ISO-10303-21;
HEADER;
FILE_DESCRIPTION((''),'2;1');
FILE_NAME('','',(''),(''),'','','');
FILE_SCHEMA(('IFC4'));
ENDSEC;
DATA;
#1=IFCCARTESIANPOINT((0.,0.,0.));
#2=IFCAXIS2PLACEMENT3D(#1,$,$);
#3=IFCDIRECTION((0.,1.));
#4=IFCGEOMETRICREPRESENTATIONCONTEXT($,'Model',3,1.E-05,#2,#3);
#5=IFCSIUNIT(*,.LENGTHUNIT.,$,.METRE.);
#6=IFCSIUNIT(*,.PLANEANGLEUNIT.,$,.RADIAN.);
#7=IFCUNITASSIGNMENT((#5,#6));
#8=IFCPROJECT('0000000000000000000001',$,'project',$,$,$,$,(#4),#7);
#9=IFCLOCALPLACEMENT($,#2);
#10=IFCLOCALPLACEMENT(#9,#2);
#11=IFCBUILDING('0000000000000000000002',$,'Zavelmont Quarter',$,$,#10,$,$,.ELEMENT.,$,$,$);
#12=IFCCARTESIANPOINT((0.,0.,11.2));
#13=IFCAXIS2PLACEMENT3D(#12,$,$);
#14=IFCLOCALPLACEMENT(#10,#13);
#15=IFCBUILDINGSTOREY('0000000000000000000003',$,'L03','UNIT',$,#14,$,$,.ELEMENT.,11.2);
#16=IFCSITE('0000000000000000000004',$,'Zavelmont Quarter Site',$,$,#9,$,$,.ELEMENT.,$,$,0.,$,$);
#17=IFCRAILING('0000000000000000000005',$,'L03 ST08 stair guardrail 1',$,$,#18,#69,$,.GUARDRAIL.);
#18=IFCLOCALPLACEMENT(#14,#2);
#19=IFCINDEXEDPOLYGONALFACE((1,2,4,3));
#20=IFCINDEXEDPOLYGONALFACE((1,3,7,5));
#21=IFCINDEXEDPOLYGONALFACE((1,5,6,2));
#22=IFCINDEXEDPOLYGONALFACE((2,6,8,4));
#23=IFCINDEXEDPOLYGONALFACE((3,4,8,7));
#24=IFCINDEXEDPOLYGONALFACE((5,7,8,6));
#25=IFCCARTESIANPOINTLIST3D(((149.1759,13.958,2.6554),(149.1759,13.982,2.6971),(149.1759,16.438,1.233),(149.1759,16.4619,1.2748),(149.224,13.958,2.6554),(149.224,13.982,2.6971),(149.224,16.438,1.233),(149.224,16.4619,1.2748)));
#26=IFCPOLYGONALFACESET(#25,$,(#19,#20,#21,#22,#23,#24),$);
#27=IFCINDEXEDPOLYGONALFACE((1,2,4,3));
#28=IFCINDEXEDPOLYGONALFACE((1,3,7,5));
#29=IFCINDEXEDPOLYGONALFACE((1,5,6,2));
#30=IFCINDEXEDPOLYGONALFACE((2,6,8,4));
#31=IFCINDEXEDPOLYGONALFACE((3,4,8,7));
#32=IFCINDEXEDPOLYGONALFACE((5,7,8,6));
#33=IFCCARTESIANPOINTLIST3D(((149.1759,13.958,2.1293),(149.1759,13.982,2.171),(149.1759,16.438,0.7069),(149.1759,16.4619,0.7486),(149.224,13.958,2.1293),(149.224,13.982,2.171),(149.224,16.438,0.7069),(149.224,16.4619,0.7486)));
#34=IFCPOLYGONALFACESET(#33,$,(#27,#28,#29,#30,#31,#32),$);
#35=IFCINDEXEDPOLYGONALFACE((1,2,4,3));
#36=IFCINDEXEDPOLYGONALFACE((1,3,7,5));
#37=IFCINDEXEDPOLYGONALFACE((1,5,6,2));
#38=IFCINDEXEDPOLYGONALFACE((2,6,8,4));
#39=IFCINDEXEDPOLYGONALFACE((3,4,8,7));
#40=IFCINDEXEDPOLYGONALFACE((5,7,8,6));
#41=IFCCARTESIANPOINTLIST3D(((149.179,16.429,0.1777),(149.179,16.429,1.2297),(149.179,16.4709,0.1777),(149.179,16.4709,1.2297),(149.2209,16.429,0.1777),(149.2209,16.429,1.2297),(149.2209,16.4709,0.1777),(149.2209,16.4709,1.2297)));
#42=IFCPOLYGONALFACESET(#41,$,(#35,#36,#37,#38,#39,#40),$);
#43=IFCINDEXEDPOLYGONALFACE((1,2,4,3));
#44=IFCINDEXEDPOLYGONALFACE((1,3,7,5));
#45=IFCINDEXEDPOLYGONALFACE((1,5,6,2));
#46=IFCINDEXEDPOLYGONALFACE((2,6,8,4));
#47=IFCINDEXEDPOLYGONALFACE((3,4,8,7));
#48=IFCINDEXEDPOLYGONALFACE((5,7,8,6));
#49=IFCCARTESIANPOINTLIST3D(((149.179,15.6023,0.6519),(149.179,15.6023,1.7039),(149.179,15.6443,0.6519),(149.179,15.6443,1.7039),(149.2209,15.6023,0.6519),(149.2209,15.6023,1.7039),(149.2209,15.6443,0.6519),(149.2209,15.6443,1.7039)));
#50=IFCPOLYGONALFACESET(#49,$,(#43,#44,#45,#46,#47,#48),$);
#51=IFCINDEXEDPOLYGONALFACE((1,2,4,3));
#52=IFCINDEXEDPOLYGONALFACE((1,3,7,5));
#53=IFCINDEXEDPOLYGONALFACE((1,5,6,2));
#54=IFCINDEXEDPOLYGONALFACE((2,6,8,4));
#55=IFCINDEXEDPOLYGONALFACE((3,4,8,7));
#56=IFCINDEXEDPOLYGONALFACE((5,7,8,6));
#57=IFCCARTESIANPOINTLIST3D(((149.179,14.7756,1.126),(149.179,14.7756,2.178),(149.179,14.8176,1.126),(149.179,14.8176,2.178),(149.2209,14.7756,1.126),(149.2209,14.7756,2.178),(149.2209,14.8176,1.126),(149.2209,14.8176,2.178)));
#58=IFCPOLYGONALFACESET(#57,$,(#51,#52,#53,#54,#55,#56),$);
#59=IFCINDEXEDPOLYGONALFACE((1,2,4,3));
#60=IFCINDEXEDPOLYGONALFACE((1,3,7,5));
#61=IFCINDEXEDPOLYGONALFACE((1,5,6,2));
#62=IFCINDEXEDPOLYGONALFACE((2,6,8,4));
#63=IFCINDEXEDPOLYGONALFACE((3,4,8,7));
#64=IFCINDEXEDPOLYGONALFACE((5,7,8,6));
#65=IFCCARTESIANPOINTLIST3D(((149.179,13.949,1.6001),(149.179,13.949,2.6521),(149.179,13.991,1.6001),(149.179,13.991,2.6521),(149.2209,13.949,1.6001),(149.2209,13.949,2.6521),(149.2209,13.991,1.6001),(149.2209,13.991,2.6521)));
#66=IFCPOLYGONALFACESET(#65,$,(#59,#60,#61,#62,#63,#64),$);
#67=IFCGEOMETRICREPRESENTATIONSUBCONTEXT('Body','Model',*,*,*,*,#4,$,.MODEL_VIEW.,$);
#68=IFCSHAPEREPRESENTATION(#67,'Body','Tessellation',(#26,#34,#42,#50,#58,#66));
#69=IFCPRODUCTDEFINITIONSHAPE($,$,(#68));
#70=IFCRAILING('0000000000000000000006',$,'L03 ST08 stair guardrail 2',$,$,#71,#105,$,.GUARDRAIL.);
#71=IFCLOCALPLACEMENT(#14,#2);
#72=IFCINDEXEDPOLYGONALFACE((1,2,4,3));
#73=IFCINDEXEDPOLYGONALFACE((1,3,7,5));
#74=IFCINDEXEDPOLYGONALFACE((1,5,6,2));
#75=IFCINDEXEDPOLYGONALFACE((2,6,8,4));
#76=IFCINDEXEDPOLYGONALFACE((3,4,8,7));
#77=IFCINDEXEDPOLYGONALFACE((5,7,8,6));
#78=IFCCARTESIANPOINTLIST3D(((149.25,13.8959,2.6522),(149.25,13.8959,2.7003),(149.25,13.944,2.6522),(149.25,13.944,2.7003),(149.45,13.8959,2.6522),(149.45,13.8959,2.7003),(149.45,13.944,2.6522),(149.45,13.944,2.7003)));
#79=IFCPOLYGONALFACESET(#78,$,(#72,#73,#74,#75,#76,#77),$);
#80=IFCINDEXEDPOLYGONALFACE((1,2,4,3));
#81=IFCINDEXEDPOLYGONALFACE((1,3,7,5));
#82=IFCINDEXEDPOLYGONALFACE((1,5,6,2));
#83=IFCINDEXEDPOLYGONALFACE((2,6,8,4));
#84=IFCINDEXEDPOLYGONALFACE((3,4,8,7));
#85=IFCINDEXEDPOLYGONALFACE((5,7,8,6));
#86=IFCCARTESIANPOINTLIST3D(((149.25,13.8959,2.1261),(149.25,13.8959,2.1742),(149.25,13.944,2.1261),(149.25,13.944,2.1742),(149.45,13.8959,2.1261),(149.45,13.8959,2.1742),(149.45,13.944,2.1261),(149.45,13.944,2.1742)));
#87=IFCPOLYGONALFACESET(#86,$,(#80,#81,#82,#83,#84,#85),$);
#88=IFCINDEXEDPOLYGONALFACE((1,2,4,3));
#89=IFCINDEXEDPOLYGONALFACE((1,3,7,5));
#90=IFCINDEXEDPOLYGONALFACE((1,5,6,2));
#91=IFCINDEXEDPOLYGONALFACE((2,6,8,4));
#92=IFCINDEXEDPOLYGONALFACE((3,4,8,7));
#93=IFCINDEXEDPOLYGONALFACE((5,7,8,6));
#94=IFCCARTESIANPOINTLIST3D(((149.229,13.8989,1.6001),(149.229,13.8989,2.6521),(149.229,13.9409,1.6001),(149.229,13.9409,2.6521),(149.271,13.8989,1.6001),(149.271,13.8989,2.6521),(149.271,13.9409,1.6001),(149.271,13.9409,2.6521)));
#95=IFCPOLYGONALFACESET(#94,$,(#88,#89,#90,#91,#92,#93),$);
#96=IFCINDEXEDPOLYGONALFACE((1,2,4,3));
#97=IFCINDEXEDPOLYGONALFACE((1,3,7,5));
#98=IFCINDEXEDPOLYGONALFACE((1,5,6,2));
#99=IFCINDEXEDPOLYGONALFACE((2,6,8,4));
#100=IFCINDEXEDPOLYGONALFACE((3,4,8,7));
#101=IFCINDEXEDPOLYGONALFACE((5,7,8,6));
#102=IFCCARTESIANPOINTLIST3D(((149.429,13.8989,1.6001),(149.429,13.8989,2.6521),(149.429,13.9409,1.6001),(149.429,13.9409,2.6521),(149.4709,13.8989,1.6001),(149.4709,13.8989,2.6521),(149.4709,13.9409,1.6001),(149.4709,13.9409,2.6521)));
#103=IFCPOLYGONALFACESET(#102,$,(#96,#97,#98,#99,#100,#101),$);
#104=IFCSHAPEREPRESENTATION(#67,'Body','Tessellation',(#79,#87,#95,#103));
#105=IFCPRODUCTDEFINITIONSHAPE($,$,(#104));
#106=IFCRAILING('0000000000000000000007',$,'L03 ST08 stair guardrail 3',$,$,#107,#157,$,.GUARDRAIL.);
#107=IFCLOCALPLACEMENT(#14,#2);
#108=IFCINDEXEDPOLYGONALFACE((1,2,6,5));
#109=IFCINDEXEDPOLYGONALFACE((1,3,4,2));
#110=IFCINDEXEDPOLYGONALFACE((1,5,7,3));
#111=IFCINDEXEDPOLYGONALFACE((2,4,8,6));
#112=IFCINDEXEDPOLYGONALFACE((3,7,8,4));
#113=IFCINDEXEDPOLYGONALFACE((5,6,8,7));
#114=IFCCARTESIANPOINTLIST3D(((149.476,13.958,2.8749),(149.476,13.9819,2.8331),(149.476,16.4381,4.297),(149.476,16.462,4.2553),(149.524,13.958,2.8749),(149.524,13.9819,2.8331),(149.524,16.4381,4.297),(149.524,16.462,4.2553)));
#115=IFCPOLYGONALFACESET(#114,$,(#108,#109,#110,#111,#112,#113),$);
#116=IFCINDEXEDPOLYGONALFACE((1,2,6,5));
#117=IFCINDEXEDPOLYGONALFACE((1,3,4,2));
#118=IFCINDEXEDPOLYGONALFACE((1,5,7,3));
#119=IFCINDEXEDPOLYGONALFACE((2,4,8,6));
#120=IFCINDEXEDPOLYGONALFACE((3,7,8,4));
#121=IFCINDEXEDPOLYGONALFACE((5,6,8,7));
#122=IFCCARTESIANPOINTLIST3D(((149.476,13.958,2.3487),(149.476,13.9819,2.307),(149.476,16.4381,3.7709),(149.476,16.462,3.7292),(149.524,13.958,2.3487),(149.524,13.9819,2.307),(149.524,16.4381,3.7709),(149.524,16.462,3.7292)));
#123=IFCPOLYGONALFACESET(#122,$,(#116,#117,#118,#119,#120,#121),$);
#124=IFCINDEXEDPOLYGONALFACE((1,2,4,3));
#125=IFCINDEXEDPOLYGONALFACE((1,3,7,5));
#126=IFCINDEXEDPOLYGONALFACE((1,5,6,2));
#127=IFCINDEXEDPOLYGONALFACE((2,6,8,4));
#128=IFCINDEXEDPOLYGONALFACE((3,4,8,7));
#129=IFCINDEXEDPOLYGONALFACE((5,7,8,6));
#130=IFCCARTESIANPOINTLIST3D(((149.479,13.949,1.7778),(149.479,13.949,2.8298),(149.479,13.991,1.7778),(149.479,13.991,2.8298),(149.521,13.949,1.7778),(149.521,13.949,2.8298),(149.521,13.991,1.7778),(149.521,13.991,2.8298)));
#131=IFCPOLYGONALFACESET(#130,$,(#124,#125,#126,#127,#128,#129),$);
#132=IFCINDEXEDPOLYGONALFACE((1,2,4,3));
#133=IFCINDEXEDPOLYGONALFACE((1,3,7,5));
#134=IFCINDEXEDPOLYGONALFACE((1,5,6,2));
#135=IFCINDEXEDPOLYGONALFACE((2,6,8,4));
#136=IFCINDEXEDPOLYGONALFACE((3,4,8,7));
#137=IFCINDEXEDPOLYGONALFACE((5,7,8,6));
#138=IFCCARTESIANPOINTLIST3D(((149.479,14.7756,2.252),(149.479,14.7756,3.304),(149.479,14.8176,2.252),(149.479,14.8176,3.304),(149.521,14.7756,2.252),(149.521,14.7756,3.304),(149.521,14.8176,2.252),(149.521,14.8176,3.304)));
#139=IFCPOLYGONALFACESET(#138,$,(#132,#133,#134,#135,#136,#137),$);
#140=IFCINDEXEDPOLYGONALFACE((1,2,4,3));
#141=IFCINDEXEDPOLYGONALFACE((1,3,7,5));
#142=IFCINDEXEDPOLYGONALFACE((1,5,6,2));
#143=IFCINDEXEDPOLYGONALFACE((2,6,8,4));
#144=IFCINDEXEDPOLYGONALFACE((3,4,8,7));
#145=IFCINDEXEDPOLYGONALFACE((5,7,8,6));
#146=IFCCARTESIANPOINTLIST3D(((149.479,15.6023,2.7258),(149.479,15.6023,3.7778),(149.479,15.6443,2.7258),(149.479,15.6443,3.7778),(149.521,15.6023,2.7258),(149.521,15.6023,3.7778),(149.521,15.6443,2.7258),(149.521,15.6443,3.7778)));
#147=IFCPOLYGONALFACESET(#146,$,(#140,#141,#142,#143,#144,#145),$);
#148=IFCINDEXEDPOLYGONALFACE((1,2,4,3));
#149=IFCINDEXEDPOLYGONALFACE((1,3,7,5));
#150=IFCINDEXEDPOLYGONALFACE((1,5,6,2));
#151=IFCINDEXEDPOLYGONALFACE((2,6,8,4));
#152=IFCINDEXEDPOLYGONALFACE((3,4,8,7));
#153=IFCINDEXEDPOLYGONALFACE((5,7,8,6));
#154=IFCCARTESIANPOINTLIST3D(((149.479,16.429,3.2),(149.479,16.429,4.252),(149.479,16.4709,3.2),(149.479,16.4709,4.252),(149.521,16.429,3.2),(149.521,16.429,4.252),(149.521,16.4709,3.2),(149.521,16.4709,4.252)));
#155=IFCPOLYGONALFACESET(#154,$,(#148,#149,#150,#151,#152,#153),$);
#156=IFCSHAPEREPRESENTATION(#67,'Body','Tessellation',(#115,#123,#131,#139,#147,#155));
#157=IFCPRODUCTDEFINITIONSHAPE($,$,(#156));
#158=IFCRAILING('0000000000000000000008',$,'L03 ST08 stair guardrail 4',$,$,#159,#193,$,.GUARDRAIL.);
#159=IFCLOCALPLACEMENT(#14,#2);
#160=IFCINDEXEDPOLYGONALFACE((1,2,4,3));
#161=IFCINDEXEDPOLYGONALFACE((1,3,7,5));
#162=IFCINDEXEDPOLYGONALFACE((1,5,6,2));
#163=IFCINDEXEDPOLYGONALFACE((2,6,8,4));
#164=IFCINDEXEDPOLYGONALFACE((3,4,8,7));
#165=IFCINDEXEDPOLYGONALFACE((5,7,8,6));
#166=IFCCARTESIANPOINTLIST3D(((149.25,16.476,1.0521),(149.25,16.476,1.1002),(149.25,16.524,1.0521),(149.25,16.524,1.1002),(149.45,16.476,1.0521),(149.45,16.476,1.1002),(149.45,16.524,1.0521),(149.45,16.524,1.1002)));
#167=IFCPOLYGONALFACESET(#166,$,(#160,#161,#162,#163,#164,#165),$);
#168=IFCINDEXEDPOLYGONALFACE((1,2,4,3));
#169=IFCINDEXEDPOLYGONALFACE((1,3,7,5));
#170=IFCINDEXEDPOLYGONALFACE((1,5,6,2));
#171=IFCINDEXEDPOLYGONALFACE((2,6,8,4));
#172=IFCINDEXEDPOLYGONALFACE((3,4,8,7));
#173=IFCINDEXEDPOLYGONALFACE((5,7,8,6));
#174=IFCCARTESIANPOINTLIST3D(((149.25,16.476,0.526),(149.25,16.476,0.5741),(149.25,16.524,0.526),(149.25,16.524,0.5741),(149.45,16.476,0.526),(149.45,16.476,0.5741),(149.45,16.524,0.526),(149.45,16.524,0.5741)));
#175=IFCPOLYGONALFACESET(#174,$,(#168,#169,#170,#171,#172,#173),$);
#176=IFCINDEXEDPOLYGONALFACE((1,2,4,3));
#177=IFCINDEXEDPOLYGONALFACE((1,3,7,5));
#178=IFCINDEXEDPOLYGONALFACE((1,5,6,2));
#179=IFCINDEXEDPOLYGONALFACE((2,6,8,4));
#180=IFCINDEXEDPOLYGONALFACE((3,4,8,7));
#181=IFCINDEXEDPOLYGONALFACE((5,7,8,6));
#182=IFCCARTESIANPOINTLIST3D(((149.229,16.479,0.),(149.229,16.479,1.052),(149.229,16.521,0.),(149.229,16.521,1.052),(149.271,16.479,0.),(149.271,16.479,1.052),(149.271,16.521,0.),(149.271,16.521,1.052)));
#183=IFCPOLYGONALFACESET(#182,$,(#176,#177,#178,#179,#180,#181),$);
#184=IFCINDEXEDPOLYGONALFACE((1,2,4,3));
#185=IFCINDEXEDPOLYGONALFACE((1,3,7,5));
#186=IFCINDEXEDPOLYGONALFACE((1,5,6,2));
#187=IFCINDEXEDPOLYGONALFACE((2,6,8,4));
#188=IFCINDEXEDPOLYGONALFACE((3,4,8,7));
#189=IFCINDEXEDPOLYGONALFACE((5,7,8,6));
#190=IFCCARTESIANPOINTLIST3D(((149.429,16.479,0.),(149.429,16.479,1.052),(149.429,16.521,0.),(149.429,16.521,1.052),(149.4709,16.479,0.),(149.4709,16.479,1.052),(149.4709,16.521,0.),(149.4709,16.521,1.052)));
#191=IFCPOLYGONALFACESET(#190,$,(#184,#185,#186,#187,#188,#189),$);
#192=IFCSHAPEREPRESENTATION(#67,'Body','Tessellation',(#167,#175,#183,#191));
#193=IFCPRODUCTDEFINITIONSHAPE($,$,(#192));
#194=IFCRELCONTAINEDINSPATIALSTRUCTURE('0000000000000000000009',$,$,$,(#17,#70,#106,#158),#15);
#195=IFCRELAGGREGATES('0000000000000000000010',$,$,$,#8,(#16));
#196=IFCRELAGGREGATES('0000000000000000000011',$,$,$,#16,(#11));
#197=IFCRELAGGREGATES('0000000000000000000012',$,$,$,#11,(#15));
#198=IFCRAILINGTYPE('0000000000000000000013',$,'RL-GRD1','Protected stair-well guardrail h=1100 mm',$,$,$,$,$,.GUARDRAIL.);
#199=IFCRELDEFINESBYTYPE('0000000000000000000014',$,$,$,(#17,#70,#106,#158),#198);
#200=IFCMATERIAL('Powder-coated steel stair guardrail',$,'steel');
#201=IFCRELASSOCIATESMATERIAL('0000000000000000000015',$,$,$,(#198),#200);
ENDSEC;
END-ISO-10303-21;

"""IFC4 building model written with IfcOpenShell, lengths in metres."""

from ifc_helpers import new_model, si_unit, direction, frame, origin, origin_2d, place, context, subcontext, project, spatial, rectangle, extrude, material, type_object, element, save


model = new_model("IFC4")

# Units and contexts
model_context = context("Model", 3, precision=1e-05, world=origin(), true_north=direction((0.0, 1.0)))
body_context = subcontext(model_context, "Body", "Model", "MODEL_VIEW")
ifc_project = project(units=[si_unit("LENGTHUNIT", "METRE"), si_unit("PLANEANGLEUNIT", "RADIAN")], contexts=[model_context])

# Site, building, storey
site_placement = place(None, origin())
site = spatial("IfcSite", under=ifc_project, at=site_placement, Name="Zavelmont Quarter Site", CompositionType="ELEMENT", RefElevation=0.0)
building_placement = place(site_placement, origin())
building = spatial("IfcBuilding", under=site, at=building_placement, Name="Zavelmont Quarter", CompositionType="ELEMENT")
storey_placement = place(building_placement, frame((0.0, 0.0, 11.2)))
storey = spatial("IfcBuildingStorey", under=building, at=storey_placement, Name="L03", Description="UNIT", CompositionType="ELEMENT", Elevation=11.2)

# Railings
ifc_material_1 = material(Name="Powder-coated steel stair guardrail", Category="steel")
railing_type_1 = type_object("IfcRailingType", Name="RL-GRD1", Description="Protected stair-well guardrail h=1100 mm", PredefinedType="GUARDRAIL", material=ifc_material_1)
railing_1_placement = place(storey_placement, frame((149.2, 16.45, 0.1777)))
element("IfcRailing", 1, at=railing_1_placement, inside=storey, type_object=railing_type_1, Name="L03 ST08 stair guardrail 1", PredefinedType="GUARDRAIL", context=body_context, shape_type="SweptSolid", body=[
    extrude(rectangle(XDim=0.0481, YDim=0.0481, at=origin_2d()), frame((0.0, 0.0, 1.0762), z_axis=(0.0, -0.867454, 0.497518), x_axis=(1.0, 0.0, 0.0)), (0.0, 0.0, 1.0), 2.8589),
    extrude(rectangle(XDim=0.0481, YDim=0.0481, at=origin_2d()), frame((0.0, 0.0, 0.55), z_axis=(0.0, -0.867454, 0.497518), x_axis=(1.0, 0.0, 0.0)), (0.0, 0.0, 1.0), 2.8589),
    extrude(rectangle(XDim=0.042, YDim=0.042, at=origin_2d()), origin(), (0.0, 0.0, 1.0), 1.052),
    extrude(rectangle(XDim=0.042, YDim=0.042, at=origin_2d()), frame((0.0, -0.8267, 0.4741)), (0.0, 0.0, 1.0), 1.052),
    extrude(rectangle(XDim=0.042, YDim=0.042, at=origin_2d()), frame((0.0, -1.6533, 0.9482)), (0.0, 0.0, 1.0), 1.052),
    extrude(rectangle(XDim=0.042, YDim=0.042, at=origin_2d()), frame((0.0, -2.48, 1.4224)), (0.0, 0.0, 1.0), 1.052),
])
railing_2_placement = place(storey_placement, frame((149.25, 13.9199, 1.6001)))
element("IfcRailing", 2, at=railing_2_placement, inside=storey, type_object=railing_type_1, Name="L03 ST08 stair guardrail 2", PredefinedType="GUARDRAIL", context=body_context, shape_type="SweptSolid", body=[
    extrude(rectangle(XDim=0.0481, YDim=0.0481, at=origin_2d()), frame((0.0, 0.0, 1.0762), z_axis=(1.0, 0.0, 0.0), x_axis=(0.0, 1.0, 0.0)), (0.0, 0.0, 1.0), 0.2),
    extrude(rectangle(XDim=0.0481, YDim=0.0481, at=origin_2d()), frame((0.0, 0.0, 0.55), z_axis=(1.0, 0.0, 0.0), x_axis=(0.0, 1.0, 0.0)), (0.0, 0.0, 1.0), 0.2),
    extrude(rectangle(XDim=0.042, YDim=0.042, at=origin_2d()), origin(), (0.0, 0.0, 1.0), 1.052),
    extrude(rectangle(XDim=0.042, YDim=0.042, at=origin_2d()), frame((0.2, 0.0, 0.0)), (0.0, 0.0, 1.0), 1.052),
])
railing_3_placement = place(storey_placement, frame((149.5, 13.97, 1.7778)))
element("IfcRailing", 3, at=railing_3_placement, inside=storey, type_object=railing_type_1, Name="L03 ST08 stair guardrail 3", PredefinedType="GUARDRAIL", context=body_context, shape_type="SweptSolid", body=[
    extrude(rectangle(XDim=0.0481, YDim=0.0481, at=origin_2d()), frame((0.0, 0.0, 1.0762), z_axis=(0.0, 0.867491, 0.497454), x_axis=(-1.0, 0.0, 0.0)), (0.0, 0.0, 1.0), 2.8589),
    extrude(rectangle(XDim=0.0481, YDim=0.0481, at=origin_2d()), frame((0.0, 0.0, 0.55), z_axis=(0.0, 0.867491, 0.497454), x_axis=(-1.0, 0.0, 0.0)), (0.0, 0.0, 1.0), 2.8589),
    extrude(rectangle(XDim=0.042, YDim=0.042, at=origin_2d()), origin(), (0.0, 0.0, 1.0), 1.052),
    extrude(rectangle(XDim=0.042, YDim=0.042, at=origin_2d()), frame((0.0, 0.8267, 0.4741)), (0.0, 0.0, 1.0), 1.052),
    extrude(rectangle(XDim=0.042, YDim=0.042, at=origin_2d()), frame((0.0, 1.6533, 0.948)), (0.0, 0.0, 1.0), 1.052),
    extrude(rectangle(XDim=0.042, YDim=0.042, at=origin_2d()), frame((0.0, 2.48, 1.4221)), (0.0, 0.0, 1.0), 1.052),
])
railing_4_placement = place(storey_placement, frame((149.25, 16.5, 0.0)))
element("IfcRailing", 4, at=railing_4_placement, inside=storey, type_object=railing_type_1, Name="L03 ST08 stair guardrail 4", PredefinedType="GUARDRAIL", context=body_context, shape_type="SweptSolid", body=[
    extrude(rectangle(XDim=0.0481, YDim=0.0481, at=origin_2d()), frame((0.0, 0.0, 1.0762), z_axis=(1.0, 0.0, 0.0), x_axis=(0.0, 1.0, 0.0)), (0.0, 0.0, 1.0), 0.2),
    extrude(rectangle(XDim=0.0481, YDim=0.0481, at=origin_2d()), frame((0.0, 0.0, 0.55), z_axis=(1.0, 0.0, 0.0), x_axis=(0.0, 1.0, 0.0)), (0.0, 0.0, 1.0), 0.2),
    extrude(rectangle(XDim=0.042, YDim=0.042, at=origin_2d()), origin(), (0.0, 0.0, 1.0), 1.052),
    extrude(rectangle(XDim=0.042, YDim=0.042, at=origin_2d()), frame((0.2, 0.0, 0.0)), (0.0, 0.0, 1.0), 1.052),
])

save(model, "model.ifc")
